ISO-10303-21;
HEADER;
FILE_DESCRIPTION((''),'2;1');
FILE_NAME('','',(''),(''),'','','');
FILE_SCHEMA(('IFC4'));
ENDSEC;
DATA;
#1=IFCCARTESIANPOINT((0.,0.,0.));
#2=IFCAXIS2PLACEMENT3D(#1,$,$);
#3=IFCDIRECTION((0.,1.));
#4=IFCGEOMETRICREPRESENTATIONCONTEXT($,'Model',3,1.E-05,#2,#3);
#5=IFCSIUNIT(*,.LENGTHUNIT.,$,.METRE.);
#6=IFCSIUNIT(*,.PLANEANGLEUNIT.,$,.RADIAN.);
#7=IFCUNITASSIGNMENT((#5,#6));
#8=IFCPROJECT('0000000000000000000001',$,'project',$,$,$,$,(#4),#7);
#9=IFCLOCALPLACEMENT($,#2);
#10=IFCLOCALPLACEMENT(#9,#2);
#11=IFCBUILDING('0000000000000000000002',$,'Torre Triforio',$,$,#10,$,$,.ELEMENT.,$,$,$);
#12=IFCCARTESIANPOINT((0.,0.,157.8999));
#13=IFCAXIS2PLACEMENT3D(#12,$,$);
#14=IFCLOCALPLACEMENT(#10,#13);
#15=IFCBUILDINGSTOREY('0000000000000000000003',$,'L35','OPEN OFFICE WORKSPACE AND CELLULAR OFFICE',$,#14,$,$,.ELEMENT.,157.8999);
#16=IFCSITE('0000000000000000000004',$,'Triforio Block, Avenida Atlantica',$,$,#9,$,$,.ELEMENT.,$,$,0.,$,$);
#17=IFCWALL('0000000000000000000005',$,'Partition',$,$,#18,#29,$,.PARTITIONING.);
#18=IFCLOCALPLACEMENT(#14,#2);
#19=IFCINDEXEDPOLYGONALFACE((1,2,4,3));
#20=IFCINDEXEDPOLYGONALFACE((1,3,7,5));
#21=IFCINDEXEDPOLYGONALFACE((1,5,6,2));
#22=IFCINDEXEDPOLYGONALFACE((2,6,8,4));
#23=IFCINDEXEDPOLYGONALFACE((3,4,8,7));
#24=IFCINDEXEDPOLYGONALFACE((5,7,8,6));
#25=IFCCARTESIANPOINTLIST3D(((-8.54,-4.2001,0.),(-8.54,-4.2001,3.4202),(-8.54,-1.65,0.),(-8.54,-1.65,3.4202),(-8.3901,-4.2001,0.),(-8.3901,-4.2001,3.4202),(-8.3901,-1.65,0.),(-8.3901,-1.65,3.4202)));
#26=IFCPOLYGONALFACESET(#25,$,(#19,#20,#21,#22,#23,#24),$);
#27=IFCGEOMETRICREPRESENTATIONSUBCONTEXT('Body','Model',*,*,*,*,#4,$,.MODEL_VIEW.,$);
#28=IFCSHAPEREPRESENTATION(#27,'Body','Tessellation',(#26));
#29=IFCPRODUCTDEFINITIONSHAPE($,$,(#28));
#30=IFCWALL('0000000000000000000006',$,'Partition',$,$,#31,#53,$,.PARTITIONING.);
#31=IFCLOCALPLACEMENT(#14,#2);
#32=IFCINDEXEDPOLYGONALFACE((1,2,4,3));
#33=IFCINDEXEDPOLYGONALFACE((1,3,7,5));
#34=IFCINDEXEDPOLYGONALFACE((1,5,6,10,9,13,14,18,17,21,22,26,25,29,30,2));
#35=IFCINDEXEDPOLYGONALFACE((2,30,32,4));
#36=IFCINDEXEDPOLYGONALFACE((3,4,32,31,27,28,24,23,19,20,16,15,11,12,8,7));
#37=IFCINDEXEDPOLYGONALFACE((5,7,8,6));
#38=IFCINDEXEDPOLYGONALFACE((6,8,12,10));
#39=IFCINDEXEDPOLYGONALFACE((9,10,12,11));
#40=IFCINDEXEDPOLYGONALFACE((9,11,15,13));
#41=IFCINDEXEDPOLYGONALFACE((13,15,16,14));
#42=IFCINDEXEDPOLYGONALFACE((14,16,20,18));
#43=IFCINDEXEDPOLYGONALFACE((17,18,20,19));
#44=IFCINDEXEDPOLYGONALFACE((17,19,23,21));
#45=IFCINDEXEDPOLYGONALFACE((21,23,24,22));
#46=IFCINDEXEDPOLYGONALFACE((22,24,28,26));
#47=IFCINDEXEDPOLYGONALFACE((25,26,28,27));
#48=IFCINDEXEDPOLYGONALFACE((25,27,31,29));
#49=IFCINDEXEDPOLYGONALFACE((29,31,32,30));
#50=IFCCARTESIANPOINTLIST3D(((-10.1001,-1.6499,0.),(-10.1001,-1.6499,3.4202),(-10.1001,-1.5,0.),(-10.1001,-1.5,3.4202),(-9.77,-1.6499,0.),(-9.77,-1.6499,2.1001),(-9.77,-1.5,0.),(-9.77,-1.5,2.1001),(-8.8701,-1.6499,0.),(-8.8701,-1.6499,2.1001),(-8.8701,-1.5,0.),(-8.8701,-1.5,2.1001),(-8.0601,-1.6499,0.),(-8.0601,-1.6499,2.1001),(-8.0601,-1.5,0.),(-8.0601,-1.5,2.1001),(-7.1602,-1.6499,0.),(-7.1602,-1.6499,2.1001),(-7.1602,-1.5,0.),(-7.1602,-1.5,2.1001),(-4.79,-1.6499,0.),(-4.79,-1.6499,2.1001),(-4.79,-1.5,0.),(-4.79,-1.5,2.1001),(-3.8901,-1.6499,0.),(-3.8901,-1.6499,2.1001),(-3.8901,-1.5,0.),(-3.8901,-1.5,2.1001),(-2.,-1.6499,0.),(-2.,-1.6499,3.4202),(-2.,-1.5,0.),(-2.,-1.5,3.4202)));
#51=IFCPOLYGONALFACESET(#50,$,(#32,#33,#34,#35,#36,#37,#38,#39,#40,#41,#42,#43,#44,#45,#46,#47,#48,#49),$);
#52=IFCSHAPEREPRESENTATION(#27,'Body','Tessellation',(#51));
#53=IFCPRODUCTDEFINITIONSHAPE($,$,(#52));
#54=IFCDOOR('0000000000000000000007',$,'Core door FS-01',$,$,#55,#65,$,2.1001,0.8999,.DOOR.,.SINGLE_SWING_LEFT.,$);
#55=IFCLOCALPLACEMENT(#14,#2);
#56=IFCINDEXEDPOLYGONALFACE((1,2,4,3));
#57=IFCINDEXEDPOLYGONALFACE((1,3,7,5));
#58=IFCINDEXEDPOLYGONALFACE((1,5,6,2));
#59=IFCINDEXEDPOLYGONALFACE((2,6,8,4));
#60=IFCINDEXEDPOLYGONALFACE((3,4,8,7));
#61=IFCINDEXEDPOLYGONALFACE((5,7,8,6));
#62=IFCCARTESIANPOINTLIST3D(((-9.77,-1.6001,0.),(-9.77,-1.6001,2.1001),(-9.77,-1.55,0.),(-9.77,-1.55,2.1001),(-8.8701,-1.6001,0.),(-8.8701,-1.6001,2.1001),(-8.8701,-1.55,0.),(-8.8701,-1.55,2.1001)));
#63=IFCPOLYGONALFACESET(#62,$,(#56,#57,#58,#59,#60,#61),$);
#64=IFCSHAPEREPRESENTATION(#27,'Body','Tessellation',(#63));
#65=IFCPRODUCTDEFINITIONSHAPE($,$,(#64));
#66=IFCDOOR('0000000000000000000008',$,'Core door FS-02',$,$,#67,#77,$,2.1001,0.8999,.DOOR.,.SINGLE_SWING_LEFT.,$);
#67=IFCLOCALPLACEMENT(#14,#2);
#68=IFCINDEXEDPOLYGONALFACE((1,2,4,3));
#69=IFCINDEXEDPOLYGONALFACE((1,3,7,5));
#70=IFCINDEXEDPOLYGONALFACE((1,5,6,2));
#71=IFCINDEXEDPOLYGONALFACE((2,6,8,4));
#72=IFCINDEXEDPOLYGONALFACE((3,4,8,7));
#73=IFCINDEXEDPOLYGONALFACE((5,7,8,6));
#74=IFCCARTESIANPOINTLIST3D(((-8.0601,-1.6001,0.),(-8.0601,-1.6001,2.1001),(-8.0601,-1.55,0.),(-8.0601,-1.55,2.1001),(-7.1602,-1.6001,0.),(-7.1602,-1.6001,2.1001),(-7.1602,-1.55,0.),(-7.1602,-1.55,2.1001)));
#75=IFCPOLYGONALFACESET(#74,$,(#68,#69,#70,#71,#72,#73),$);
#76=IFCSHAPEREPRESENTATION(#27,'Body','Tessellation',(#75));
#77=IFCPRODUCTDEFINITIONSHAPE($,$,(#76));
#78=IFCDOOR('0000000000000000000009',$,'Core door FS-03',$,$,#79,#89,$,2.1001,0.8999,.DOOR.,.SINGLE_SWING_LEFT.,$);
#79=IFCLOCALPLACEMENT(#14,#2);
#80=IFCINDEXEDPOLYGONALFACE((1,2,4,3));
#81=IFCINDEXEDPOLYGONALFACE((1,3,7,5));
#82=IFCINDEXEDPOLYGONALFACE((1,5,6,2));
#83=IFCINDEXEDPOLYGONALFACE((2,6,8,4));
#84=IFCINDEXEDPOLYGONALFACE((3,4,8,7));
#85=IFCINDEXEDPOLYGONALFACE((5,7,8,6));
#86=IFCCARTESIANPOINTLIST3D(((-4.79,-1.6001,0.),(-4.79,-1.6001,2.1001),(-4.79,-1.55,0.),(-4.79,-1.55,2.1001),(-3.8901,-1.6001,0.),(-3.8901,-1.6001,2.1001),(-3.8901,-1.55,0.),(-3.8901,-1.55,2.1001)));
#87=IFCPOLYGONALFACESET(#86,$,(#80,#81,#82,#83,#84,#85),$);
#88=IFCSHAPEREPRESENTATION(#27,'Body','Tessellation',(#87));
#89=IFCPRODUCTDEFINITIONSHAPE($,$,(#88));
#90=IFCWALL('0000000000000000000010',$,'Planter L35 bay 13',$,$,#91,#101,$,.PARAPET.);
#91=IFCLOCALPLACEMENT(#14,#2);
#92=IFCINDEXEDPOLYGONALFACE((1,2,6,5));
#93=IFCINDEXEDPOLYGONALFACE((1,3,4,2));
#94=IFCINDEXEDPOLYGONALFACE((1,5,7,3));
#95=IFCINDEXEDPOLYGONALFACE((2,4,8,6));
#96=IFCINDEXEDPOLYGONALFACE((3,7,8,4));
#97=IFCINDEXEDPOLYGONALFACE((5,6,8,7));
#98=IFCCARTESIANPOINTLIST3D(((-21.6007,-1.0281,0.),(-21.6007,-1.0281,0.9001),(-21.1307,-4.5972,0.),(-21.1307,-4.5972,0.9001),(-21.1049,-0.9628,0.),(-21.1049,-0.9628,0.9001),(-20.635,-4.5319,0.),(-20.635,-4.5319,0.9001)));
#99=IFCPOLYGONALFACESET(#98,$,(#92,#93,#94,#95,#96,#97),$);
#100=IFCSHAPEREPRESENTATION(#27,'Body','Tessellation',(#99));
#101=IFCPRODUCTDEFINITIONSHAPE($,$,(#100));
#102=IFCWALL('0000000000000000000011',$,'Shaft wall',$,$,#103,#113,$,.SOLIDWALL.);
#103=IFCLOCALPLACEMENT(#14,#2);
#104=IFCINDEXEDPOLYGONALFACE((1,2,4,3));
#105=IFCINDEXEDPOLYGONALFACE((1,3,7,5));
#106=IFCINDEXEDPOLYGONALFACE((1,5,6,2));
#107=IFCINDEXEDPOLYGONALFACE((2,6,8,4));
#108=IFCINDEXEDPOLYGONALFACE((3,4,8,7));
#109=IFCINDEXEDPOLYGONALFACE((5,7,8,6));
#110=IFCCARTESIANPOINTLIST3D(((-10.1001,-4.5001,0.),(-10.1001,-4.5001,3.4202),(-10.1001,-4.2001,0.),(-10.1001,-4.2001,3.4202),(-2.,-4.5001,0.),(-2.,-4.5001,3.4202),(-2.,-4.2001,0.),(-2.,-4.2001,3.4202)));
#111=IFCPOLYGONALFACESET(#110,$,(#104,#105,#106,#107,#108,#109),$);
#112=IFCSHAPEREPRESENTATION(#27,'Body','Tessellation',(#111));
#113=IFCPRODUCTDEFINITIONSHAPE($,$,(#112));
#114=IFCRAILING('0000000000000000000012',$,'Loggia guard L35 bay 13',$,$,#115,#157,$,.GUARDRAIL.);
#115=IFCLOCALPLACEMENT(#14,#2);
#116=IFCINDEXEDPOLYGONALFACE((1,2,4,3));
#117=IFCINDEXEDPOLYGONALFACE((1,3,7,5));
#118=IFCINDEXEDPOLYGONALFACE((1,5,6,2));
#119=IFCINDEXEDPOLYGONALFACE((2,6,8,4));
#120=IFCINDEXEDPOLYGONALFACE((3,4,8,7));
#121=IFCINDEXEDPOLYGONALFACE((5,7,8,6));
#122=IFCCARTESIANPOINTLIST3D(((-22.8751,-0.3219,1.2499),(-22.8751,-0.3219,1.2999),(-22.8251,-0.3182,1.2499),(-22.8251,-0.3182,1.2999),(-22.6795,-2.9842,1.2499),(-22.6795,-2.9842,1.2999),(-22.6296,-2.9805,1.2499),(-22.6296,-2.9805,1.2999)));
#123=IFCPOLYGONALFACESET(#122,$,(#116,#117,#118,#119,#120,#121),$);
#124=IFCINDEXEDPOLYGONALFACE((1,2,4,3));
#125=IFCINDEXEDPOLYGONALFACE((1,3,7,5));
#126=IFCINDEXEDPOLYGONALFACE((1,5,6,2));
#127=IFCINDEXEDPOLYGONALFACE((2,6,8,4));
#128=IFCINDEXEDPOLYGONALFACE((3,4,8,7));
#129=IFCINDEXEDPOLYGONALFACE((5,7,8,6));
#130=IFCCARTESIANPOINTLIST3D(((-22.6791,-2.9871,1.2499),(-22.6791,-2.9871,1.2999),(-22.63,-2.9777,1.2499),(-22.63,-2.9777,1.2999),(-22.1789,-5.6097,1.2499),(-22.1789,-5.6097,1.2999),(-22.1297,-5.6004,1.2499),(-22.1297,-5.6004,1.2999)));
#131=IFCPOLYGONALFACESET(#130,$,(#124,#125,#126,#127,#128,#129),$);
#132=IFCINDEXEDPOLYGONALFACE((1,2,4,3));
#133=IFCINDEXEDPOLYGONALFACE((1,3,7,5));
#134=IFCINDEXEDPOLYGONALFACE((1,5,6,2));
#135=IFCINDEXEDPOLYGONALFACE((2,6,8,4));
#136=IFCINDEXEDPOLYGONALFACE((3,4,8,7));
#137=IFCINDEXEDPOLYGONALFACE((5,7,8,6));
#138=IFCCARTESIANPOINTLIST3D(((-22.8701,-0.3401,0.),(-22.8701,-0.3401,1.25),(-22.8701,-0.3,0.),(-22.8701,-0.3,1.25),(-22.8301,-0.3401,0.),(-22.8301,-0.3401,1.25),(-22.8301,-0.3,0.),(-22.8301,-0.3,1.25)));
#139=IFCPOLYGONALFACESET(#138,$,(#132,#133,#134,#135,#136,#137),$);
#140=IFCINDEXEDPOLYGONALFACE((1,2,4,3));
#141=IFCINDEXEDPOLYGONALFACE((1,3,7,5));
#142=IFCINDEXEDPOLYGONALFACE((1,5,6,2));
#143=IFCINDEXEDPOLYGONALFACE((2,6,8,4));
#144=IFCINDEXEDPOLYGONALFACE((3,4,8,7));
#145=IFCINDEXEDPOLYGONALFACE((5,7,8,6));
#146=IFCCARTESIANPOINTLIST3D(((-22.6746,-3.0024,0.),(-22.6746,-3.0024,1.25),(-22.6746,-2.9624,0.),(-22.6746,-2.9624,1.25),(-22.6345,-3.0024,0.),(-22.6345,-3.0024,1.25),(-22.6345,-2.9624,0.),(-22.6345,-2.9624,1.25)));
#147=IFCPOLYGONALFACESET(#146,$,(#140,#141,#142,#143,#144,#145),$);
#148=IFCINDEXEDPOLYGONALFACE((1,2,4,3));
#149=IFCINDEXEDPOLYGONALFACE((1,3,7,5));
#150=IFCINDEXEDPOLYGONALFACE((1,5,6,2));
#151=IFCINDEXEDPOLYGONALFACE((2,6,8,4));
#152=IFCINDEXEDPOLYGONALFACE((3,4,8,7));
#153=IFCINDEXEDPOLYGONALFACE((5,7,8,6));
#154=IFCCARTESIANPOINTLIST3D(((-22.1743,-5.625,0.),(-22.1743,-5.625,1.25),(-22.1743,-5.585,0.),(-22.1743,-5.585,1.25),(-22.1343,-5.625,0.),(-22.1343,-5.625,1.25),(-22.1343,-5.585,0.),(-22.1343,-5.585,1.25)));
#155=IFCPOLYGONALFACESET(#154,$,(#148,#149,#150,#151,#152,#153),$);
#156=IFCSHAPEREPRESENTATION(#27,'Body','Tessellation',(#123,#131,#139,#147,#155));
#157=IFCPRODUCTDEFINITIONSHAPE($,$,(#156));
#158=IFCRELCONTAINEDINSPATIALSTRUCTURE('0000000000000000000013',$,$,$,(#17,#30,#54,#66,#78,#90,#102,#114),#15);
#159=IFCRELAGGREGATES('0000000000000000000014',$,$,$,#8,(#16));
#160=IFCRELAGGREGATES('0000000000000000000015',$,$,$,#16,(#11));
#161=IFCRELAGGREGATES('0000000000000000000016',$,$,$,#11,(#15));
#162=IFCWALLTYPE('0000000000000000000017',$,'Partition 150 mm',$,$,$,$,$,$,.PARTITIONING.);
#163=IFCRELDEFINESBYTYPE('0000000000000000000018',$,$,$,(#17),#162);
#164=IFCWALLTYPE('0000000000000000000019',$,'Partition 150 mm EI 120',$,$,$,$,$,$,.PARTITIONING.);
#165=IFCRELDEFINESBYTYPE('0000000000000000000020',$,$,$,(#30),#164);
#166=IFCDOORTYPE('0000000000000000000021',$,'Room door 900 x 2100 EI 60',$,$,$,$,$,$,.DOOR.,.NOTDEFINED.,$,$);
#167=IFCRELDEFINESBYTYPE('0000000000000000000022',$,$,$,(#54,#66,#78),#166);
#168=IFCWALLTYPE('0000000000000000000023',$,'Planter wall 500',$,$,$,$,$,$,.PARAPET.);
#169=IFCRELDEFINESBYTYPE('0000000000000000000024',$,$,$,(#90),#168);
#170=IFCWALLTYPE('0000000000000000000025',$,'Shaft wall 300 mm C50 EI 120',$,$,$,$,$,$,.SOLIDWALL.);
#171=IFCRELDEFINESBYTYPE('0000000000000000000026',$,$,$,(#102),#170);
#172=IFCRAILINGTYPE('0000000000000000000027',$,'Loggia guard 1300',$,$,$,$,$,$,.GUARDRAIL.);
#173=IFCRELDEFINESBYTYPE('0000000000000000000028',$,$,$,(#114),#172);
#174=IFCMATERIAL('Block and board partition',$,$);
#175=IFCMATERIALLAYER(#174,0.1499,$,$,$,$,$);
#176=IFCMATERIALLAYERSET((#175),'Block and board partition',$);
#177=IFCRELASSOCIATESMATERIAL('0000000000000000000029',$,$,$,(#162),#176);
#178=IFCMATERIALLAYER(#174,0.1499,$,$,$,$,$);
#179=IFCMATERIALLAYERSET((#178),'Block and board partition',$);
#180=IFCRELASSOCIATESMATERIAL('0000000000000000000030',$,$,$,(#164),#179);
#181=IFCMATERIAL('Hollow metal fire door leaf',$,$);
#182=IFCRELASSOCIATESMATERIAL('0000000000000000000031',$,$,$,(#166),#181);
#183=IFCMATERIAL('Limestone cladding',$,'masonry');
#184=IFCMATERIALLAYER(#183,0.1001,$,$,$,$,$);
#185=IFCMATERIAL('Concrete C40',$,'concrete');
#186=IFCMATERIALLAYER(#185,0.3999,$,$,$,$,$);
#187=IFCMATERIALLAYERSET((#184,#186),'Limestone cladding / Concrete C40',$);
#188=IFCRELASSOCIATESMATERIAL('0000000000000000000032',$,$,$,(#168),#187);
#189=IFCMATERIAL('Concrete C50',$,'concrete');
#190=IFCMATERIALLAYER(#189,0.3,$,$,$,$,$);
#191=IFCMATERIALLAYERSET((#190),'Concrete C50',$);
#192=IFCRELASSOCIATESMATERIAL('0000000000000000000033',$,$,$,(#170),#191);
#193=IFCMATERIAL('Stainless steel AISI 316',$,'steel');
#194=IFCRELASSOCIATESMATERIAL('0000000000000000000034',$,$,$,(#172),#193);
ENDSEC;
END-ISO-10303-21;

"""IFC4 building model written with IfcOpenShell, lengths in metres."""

from ifc_helpers import new_model, si_unit, direction, frame, frame_2d, origin, origin_2d, place, context, subcontext, project, spatial, rectangle, extrude, material, layer, layer_set, type_object, element, fill, save


model = new_model("IFC4")

# Units and contexts
model_context = context("Model", 3, precision=1e-05, world=origin(), true_north=direction((0.0, 1.0)))
body_context = subcontext(model_context, "Body", "Model", "MODEL_VIEW")
ifc_project = project(units=[si_unit("LENGTHUNIT", "METRE"), si_unit("PLANEANGLEUNIT", "RADIAN")], contexts=[model_context])

# Site, building, storey
site_placement = place(None, origin())
site = spatial("IfcSite", under=ifc_project, at=site_placement, Name="Triforio Block, Avenida Atlantica", CompositionType="ELEMENT", RefElevation=0.0)
building_placement = place(site_placement, origin())
building = spatial("IfcBuilding", under=site, at=building_placement, Name="Torre Triforio", CompositionType="ELEMENT")
storey_placement = place(building_placement, frame((0.0, 0.0, 157.8999)))
storey = spatial("IfcBuildingStorey", under=building, at=storey_placement, Name="L35", Description="OPEN OFFICE WORKSPACE AND CELLULAR OFFICE", CompositionType="ELEMENT", Elevation=157.8999)

# Shared definitions
ifc_material_1 = material(Name="Concrete C50", Category="concrete")

# Shared definitions
ifc_material_2 = material(Name="Concrete C40", Category="concrete")

# Shared definitions
ifc_material_3 = material(Name="Hollow metal fire door leaf")

# Wall
ifc_material_4 = material(Name="Block and board partition")
ifc_layer_1 = layer(ifc_material_4, 0.1499)
ifc_layer_set_1 = layer_set([ifc_layer_1], Name="Block and board partition")
wall_type_1 = type_object("IfcWallType", Name="Partition 150 mm", PredefinedType="PARTITIONING", material=ifc_layer_set_1)
wall_1_placement = place(storey_placement, frame((-8.4651, -4.2, 0.0), z_axis=(0.0, 0.0, 1.0), x_axis=(0.0, 1.0, 0.0)))
element("IfcWall", 1, at=wall_1_placement, inside=storey, type_object=wall_type_1, Name="Partition", PredefinedType="PARTITIONING", context=body_context, shape_type="SweptSolid", body=[
    extrude(rectangle(XDim=2.55, YDim=0.1499, at=frame_2d((1.2749, 0.0))), origin(), (0.0, 0.0, 1.0), 3.4202),
])

# Wall, openings, doors
ifc_layer_2 = layer(ifc_material_4, 0.1499)
ifc_layer_set_2 = layer_set([ifc_layer_2], Name="Block and board partition")
wall_type_2 = type_object("IfcWallType", Name="Partition 150 mm EI 120", PredefinedType="PARTITIONING", material=ifc_layer_set_2)
wall_2_placement = place(storey_placement, frame((-10.1001, -1.575, 0.0), z_axis=(0.0, 0.0, 1.0), x_axis=(1.0, 0.0, 0.0)))
wall_2 = element("IfcWall", 2, at=wall_2_placement, inside=storey, type_object=wall_type_2, Name="Partition", PredefinedType="PARTITIONING", context=body_context, shape_type="SweptSolid", body=[
    extrude(rectangle(XDim=8.1001, YDim=0.1499, at=frame_2d((4.05, 0.0))), origin(), (0.0, 0.0, 1.0), 3.4202),
])
opening_1_placement = place(wall_2_placement, frame((0.3301, 0.0, 0.0)))
opening_1 = element("IfcOpeningElement", 3, at=opening_1_placement, cuts=wall_2, PredefinedType="OPENING", context=body_context, shape_type="SweptSolid", body=[
    extrude(rectangle(XDim=0.8999, YDim=2.1001, at=frame_2d((0.45, 1.05))), frame((0.0, 0.085, 0.0), z_axis=(0.0, -1.0, 0.0), x_axis=(1.0, 0.0, 0.0)), (0.0, 0.0, 1.0), 0.1699),
])
opening_2_placement = place(wall_2_placement, frame((2.04, 0.0, 0.0)))
opening_2 = element("IfcOpeningElement", 4, at=opening_2_placement, cuts=wall_2, PredefinedType="OPENING", context=body_context, shape_type="SweptSolid", body=[
    extrude(rectangle(XDim=0.8999, YDim=2.1001, at=frame_2d((0.45, 1.05))), frame((0.0, 0.085, 0.0), z_axis=(0.0, -1.0, 0.0), x_axis=(1.0, 0.0, 0.0)), (0.0, 0.0, 1.0), 0.1699),
])
opening_3_placement = place(wall_2_placement, frame((5.3101, 0.0, 0.0)))
opening_3 = element("IfcOpeningElement", 5, at=opening_3_placement, cuts=wall_2, PredefinedType="OPENING", context=body_context, shape_type="SweptSolid", body=[
    extrude(rectangle(XDim=0.8999, YDim=2.1001, at=frame_2d((0.45, 1.05))), frame((0.0, 0.085, 0.0), z_axis=(0.0, -1.0, 0.0), x_axis=(1.0, 0.0, 0.0)), (0.0, 0.0, 1.0), 0.1699),
])
door_type_1 = type_object("IfcDoorType", Name="Room door 900 x 2100 EI 60", OperationType="NOTDEFINED", PredefinedType="DOOR", material=ifc_material_3)
door_1_placement = place(opening_1_placement, origin())
door_1 = element("IfcDoor", 6, at=door_1_placement, inside=storey, type_object=door_type_1, Name="Core door FS-01", OperationType="SINGLE_SWING_LEFT", OverallHeight=2.1001, OverallWidth=0.8999, PredefinedType="DOOR", context=body_context, shape_type="SweptSolid", body=[
    extrude(rectangle(XDim=0.8999, YDim=2.1001, at=frame_2d((0.45, 1.05))), frame((0.0, 0.0249, 0.0), z_axis=(0.0, -1.0, 0.0), x_axis=(1.0, 0.0, 0.0)), (0.0, 0.0, 1.0), 0.05),
])
fill(opening_1, door_1)
door_2_placement = place(opening_2_placement, origin())
door_2 = element("IfcDoor", 7, at=door_2_placement, inside=storey, type_object=door_type_1, Name="Core door FS-02", OperationType="SINGLE_SWING_LEFT", OverallHeight=2.1001, OverallWidth=0.8999, PredefinedType="DOOR", context=body_context, shape_type="SweptSolid", body=[
    extrude(rectangle(XDim=0.8999, YDim=2.1001, at=frame_2d((0.45, 1.05))), frame((0.0, 0.0249, 0.0), z_axis=(0.0, -1.0, 0.0), x_axis=(1.0, 0.0, 0.0)), (0.0, 0.0, 1.0), 0.05),
])
fill(opening_2, door_2)
door_3_placement = place(opening_3_placement, origin())
door_3 = element("IfcDoor", 8, at=door_3_placement, inside=storey, type_object=door_type_1, Name="Core door FS-03", OperationType="SINGLE_SWING_LEFT", OverallHeight=2.1001, OverallWidth=0.8999, PredefinedType="DOOR", context=body_context, shape_type="SweptSolid", body=[
    extrude(rectangle(XDim=0.8999, YDim=2.1001, at=frame_2d((0.45, 1.05))), frame((0.0, 0.0249, 0.0), z_axis=(0.0, -1.0, 0.0), x_axis=(1.0, 0.0, 0.0)), (0.0, 0.0, 1.0), 0.05),
])
fill(opening_3, door_3)

# Walls
ifc_material_5 = material(Name="Limestone cladding", Category="masonry")
ifc_layer_3 = layer(ifc_material_5, 0.1001)
ifc_layer_4 = layer(ifc_material_2, 0.3999)
ifc_layer_set_3 = layer_set([ifc_layer_3, ifc_layer_4], Name="Limestone cladding / Concrete C40")
wall_type_3 = type_object("IfcWallType", Name="Planter wall 500", PredefinedType="PARAPET", material=ifc_layer_set_3)
wall_3_placement = place(storey_placement, frame((-21.3528, -0.9956, 0.0), z_axis=(0.0, 0.0, 1.0), x_axis=(0.130551, -0.991442, 0.0)))
element("IfcWall", 9, at=wall_3_placement, inside=storey, type_object=wall_type_3, Name="Planter L35 bay 13", PredefinedType="PARAPET", context=body_context, shape_type="SweptSolid", body=[
    extrude(rectangle(XDim=3.5999, YDim=0.5, at=frame_2d((1.7998, 0.0))), origin(), (0.0, 0.0, 1.0), 0.9001),
])
ifc_layer_5 = layer(ifc_material_1, 0.3)
ifc_layer_set_4 = layer_set([ifc_layer_5], Name="Concrete C50")
wall_type_4 = type_object("IfcWallType", Name="Shaft wall 300 mm C50 EI 120", PredefinedType="SOLIDWALL", material=ifc_layer_set_4)
wall_4_placement = place(storey_placement, frame((-10.1001, -4.3501, 0.0), z_axis=(0.0, 0.0, 1.0), x_axis=(1.0, 0.0, 0.0)))
element("IfcWall", 10, at=wall_4_placement, inside=storey, type_object=wall_type_4, Name="Shaft wall", PredefinedType="SOLIDWALL", context=body_context, shape_type="SweptSolid", body=[
    extrude(rectangle(XDim=8.1001, YDim=0.3, at=frame_2d((4.05, 0.0))), origin(), (0.0, 0.0, 1.0), 3.4202),
])

# Railing
ifc_material_6 = material(Name="Stainless steel AISI 316", Category="steel")
railing_type = type_object("IfcRailingType", Name="Loggia guard 1300", PredefinedType="GUARDRAIL", material=ifc_material_6)
railing_1_placement = place(storey_placement, frame((-22.8501, -0.3201, 0.0)))
element("IfcRailing", 11, at=railing_1_placement, inside=storey, type_object=railing_type, Name="Loggia guard L35 bay 13", PredefinedType="GUARDRAIL", context=body_context, shape_type="SweptSolid", body=[
    extrude(rectangle(XDim=0.05, YDim=0.05, at=origin_2d()), frame((0.0, 0.0, 1.2749), z_axis=(0.073255, -0.997313, 0.0), x_axis=(0.997313, 0.073255, 0.0)), (0.0, 0.0, 1.0), 2.6694),
    extrude(rectangle(XDim=0.05, YDim=0.05, at=origin_2d()), frame((0.1956, -2.6624, 1.2749), z_axis=(0.187368, -0.98229, 0.0), x_axis=(0.98229, 0.187368, 0.0)), (0.0, 0.0, 1.0), 2.6699),
    extrude(rectangle(XDim=0.04, YDim=0.04, at=origin_2d()), origin(), (0.0, 0.0, 1.0), 1.25),
    extrude(rectangle(XDim=0.04, YDim=0.04, at=origin_2d()), frame((0.1956, -2.6624, 0.0)), (0.0, 0.0, 1.0), 1.25),
    extrude(rectangle(XDim=0.04, YDim=0.04, at=origin_2d()), frame((0.6958, -5.2849, 0.0)), (0.0, 0.0, 1.0), 1.25),
])

save(model, "model.ifc")
